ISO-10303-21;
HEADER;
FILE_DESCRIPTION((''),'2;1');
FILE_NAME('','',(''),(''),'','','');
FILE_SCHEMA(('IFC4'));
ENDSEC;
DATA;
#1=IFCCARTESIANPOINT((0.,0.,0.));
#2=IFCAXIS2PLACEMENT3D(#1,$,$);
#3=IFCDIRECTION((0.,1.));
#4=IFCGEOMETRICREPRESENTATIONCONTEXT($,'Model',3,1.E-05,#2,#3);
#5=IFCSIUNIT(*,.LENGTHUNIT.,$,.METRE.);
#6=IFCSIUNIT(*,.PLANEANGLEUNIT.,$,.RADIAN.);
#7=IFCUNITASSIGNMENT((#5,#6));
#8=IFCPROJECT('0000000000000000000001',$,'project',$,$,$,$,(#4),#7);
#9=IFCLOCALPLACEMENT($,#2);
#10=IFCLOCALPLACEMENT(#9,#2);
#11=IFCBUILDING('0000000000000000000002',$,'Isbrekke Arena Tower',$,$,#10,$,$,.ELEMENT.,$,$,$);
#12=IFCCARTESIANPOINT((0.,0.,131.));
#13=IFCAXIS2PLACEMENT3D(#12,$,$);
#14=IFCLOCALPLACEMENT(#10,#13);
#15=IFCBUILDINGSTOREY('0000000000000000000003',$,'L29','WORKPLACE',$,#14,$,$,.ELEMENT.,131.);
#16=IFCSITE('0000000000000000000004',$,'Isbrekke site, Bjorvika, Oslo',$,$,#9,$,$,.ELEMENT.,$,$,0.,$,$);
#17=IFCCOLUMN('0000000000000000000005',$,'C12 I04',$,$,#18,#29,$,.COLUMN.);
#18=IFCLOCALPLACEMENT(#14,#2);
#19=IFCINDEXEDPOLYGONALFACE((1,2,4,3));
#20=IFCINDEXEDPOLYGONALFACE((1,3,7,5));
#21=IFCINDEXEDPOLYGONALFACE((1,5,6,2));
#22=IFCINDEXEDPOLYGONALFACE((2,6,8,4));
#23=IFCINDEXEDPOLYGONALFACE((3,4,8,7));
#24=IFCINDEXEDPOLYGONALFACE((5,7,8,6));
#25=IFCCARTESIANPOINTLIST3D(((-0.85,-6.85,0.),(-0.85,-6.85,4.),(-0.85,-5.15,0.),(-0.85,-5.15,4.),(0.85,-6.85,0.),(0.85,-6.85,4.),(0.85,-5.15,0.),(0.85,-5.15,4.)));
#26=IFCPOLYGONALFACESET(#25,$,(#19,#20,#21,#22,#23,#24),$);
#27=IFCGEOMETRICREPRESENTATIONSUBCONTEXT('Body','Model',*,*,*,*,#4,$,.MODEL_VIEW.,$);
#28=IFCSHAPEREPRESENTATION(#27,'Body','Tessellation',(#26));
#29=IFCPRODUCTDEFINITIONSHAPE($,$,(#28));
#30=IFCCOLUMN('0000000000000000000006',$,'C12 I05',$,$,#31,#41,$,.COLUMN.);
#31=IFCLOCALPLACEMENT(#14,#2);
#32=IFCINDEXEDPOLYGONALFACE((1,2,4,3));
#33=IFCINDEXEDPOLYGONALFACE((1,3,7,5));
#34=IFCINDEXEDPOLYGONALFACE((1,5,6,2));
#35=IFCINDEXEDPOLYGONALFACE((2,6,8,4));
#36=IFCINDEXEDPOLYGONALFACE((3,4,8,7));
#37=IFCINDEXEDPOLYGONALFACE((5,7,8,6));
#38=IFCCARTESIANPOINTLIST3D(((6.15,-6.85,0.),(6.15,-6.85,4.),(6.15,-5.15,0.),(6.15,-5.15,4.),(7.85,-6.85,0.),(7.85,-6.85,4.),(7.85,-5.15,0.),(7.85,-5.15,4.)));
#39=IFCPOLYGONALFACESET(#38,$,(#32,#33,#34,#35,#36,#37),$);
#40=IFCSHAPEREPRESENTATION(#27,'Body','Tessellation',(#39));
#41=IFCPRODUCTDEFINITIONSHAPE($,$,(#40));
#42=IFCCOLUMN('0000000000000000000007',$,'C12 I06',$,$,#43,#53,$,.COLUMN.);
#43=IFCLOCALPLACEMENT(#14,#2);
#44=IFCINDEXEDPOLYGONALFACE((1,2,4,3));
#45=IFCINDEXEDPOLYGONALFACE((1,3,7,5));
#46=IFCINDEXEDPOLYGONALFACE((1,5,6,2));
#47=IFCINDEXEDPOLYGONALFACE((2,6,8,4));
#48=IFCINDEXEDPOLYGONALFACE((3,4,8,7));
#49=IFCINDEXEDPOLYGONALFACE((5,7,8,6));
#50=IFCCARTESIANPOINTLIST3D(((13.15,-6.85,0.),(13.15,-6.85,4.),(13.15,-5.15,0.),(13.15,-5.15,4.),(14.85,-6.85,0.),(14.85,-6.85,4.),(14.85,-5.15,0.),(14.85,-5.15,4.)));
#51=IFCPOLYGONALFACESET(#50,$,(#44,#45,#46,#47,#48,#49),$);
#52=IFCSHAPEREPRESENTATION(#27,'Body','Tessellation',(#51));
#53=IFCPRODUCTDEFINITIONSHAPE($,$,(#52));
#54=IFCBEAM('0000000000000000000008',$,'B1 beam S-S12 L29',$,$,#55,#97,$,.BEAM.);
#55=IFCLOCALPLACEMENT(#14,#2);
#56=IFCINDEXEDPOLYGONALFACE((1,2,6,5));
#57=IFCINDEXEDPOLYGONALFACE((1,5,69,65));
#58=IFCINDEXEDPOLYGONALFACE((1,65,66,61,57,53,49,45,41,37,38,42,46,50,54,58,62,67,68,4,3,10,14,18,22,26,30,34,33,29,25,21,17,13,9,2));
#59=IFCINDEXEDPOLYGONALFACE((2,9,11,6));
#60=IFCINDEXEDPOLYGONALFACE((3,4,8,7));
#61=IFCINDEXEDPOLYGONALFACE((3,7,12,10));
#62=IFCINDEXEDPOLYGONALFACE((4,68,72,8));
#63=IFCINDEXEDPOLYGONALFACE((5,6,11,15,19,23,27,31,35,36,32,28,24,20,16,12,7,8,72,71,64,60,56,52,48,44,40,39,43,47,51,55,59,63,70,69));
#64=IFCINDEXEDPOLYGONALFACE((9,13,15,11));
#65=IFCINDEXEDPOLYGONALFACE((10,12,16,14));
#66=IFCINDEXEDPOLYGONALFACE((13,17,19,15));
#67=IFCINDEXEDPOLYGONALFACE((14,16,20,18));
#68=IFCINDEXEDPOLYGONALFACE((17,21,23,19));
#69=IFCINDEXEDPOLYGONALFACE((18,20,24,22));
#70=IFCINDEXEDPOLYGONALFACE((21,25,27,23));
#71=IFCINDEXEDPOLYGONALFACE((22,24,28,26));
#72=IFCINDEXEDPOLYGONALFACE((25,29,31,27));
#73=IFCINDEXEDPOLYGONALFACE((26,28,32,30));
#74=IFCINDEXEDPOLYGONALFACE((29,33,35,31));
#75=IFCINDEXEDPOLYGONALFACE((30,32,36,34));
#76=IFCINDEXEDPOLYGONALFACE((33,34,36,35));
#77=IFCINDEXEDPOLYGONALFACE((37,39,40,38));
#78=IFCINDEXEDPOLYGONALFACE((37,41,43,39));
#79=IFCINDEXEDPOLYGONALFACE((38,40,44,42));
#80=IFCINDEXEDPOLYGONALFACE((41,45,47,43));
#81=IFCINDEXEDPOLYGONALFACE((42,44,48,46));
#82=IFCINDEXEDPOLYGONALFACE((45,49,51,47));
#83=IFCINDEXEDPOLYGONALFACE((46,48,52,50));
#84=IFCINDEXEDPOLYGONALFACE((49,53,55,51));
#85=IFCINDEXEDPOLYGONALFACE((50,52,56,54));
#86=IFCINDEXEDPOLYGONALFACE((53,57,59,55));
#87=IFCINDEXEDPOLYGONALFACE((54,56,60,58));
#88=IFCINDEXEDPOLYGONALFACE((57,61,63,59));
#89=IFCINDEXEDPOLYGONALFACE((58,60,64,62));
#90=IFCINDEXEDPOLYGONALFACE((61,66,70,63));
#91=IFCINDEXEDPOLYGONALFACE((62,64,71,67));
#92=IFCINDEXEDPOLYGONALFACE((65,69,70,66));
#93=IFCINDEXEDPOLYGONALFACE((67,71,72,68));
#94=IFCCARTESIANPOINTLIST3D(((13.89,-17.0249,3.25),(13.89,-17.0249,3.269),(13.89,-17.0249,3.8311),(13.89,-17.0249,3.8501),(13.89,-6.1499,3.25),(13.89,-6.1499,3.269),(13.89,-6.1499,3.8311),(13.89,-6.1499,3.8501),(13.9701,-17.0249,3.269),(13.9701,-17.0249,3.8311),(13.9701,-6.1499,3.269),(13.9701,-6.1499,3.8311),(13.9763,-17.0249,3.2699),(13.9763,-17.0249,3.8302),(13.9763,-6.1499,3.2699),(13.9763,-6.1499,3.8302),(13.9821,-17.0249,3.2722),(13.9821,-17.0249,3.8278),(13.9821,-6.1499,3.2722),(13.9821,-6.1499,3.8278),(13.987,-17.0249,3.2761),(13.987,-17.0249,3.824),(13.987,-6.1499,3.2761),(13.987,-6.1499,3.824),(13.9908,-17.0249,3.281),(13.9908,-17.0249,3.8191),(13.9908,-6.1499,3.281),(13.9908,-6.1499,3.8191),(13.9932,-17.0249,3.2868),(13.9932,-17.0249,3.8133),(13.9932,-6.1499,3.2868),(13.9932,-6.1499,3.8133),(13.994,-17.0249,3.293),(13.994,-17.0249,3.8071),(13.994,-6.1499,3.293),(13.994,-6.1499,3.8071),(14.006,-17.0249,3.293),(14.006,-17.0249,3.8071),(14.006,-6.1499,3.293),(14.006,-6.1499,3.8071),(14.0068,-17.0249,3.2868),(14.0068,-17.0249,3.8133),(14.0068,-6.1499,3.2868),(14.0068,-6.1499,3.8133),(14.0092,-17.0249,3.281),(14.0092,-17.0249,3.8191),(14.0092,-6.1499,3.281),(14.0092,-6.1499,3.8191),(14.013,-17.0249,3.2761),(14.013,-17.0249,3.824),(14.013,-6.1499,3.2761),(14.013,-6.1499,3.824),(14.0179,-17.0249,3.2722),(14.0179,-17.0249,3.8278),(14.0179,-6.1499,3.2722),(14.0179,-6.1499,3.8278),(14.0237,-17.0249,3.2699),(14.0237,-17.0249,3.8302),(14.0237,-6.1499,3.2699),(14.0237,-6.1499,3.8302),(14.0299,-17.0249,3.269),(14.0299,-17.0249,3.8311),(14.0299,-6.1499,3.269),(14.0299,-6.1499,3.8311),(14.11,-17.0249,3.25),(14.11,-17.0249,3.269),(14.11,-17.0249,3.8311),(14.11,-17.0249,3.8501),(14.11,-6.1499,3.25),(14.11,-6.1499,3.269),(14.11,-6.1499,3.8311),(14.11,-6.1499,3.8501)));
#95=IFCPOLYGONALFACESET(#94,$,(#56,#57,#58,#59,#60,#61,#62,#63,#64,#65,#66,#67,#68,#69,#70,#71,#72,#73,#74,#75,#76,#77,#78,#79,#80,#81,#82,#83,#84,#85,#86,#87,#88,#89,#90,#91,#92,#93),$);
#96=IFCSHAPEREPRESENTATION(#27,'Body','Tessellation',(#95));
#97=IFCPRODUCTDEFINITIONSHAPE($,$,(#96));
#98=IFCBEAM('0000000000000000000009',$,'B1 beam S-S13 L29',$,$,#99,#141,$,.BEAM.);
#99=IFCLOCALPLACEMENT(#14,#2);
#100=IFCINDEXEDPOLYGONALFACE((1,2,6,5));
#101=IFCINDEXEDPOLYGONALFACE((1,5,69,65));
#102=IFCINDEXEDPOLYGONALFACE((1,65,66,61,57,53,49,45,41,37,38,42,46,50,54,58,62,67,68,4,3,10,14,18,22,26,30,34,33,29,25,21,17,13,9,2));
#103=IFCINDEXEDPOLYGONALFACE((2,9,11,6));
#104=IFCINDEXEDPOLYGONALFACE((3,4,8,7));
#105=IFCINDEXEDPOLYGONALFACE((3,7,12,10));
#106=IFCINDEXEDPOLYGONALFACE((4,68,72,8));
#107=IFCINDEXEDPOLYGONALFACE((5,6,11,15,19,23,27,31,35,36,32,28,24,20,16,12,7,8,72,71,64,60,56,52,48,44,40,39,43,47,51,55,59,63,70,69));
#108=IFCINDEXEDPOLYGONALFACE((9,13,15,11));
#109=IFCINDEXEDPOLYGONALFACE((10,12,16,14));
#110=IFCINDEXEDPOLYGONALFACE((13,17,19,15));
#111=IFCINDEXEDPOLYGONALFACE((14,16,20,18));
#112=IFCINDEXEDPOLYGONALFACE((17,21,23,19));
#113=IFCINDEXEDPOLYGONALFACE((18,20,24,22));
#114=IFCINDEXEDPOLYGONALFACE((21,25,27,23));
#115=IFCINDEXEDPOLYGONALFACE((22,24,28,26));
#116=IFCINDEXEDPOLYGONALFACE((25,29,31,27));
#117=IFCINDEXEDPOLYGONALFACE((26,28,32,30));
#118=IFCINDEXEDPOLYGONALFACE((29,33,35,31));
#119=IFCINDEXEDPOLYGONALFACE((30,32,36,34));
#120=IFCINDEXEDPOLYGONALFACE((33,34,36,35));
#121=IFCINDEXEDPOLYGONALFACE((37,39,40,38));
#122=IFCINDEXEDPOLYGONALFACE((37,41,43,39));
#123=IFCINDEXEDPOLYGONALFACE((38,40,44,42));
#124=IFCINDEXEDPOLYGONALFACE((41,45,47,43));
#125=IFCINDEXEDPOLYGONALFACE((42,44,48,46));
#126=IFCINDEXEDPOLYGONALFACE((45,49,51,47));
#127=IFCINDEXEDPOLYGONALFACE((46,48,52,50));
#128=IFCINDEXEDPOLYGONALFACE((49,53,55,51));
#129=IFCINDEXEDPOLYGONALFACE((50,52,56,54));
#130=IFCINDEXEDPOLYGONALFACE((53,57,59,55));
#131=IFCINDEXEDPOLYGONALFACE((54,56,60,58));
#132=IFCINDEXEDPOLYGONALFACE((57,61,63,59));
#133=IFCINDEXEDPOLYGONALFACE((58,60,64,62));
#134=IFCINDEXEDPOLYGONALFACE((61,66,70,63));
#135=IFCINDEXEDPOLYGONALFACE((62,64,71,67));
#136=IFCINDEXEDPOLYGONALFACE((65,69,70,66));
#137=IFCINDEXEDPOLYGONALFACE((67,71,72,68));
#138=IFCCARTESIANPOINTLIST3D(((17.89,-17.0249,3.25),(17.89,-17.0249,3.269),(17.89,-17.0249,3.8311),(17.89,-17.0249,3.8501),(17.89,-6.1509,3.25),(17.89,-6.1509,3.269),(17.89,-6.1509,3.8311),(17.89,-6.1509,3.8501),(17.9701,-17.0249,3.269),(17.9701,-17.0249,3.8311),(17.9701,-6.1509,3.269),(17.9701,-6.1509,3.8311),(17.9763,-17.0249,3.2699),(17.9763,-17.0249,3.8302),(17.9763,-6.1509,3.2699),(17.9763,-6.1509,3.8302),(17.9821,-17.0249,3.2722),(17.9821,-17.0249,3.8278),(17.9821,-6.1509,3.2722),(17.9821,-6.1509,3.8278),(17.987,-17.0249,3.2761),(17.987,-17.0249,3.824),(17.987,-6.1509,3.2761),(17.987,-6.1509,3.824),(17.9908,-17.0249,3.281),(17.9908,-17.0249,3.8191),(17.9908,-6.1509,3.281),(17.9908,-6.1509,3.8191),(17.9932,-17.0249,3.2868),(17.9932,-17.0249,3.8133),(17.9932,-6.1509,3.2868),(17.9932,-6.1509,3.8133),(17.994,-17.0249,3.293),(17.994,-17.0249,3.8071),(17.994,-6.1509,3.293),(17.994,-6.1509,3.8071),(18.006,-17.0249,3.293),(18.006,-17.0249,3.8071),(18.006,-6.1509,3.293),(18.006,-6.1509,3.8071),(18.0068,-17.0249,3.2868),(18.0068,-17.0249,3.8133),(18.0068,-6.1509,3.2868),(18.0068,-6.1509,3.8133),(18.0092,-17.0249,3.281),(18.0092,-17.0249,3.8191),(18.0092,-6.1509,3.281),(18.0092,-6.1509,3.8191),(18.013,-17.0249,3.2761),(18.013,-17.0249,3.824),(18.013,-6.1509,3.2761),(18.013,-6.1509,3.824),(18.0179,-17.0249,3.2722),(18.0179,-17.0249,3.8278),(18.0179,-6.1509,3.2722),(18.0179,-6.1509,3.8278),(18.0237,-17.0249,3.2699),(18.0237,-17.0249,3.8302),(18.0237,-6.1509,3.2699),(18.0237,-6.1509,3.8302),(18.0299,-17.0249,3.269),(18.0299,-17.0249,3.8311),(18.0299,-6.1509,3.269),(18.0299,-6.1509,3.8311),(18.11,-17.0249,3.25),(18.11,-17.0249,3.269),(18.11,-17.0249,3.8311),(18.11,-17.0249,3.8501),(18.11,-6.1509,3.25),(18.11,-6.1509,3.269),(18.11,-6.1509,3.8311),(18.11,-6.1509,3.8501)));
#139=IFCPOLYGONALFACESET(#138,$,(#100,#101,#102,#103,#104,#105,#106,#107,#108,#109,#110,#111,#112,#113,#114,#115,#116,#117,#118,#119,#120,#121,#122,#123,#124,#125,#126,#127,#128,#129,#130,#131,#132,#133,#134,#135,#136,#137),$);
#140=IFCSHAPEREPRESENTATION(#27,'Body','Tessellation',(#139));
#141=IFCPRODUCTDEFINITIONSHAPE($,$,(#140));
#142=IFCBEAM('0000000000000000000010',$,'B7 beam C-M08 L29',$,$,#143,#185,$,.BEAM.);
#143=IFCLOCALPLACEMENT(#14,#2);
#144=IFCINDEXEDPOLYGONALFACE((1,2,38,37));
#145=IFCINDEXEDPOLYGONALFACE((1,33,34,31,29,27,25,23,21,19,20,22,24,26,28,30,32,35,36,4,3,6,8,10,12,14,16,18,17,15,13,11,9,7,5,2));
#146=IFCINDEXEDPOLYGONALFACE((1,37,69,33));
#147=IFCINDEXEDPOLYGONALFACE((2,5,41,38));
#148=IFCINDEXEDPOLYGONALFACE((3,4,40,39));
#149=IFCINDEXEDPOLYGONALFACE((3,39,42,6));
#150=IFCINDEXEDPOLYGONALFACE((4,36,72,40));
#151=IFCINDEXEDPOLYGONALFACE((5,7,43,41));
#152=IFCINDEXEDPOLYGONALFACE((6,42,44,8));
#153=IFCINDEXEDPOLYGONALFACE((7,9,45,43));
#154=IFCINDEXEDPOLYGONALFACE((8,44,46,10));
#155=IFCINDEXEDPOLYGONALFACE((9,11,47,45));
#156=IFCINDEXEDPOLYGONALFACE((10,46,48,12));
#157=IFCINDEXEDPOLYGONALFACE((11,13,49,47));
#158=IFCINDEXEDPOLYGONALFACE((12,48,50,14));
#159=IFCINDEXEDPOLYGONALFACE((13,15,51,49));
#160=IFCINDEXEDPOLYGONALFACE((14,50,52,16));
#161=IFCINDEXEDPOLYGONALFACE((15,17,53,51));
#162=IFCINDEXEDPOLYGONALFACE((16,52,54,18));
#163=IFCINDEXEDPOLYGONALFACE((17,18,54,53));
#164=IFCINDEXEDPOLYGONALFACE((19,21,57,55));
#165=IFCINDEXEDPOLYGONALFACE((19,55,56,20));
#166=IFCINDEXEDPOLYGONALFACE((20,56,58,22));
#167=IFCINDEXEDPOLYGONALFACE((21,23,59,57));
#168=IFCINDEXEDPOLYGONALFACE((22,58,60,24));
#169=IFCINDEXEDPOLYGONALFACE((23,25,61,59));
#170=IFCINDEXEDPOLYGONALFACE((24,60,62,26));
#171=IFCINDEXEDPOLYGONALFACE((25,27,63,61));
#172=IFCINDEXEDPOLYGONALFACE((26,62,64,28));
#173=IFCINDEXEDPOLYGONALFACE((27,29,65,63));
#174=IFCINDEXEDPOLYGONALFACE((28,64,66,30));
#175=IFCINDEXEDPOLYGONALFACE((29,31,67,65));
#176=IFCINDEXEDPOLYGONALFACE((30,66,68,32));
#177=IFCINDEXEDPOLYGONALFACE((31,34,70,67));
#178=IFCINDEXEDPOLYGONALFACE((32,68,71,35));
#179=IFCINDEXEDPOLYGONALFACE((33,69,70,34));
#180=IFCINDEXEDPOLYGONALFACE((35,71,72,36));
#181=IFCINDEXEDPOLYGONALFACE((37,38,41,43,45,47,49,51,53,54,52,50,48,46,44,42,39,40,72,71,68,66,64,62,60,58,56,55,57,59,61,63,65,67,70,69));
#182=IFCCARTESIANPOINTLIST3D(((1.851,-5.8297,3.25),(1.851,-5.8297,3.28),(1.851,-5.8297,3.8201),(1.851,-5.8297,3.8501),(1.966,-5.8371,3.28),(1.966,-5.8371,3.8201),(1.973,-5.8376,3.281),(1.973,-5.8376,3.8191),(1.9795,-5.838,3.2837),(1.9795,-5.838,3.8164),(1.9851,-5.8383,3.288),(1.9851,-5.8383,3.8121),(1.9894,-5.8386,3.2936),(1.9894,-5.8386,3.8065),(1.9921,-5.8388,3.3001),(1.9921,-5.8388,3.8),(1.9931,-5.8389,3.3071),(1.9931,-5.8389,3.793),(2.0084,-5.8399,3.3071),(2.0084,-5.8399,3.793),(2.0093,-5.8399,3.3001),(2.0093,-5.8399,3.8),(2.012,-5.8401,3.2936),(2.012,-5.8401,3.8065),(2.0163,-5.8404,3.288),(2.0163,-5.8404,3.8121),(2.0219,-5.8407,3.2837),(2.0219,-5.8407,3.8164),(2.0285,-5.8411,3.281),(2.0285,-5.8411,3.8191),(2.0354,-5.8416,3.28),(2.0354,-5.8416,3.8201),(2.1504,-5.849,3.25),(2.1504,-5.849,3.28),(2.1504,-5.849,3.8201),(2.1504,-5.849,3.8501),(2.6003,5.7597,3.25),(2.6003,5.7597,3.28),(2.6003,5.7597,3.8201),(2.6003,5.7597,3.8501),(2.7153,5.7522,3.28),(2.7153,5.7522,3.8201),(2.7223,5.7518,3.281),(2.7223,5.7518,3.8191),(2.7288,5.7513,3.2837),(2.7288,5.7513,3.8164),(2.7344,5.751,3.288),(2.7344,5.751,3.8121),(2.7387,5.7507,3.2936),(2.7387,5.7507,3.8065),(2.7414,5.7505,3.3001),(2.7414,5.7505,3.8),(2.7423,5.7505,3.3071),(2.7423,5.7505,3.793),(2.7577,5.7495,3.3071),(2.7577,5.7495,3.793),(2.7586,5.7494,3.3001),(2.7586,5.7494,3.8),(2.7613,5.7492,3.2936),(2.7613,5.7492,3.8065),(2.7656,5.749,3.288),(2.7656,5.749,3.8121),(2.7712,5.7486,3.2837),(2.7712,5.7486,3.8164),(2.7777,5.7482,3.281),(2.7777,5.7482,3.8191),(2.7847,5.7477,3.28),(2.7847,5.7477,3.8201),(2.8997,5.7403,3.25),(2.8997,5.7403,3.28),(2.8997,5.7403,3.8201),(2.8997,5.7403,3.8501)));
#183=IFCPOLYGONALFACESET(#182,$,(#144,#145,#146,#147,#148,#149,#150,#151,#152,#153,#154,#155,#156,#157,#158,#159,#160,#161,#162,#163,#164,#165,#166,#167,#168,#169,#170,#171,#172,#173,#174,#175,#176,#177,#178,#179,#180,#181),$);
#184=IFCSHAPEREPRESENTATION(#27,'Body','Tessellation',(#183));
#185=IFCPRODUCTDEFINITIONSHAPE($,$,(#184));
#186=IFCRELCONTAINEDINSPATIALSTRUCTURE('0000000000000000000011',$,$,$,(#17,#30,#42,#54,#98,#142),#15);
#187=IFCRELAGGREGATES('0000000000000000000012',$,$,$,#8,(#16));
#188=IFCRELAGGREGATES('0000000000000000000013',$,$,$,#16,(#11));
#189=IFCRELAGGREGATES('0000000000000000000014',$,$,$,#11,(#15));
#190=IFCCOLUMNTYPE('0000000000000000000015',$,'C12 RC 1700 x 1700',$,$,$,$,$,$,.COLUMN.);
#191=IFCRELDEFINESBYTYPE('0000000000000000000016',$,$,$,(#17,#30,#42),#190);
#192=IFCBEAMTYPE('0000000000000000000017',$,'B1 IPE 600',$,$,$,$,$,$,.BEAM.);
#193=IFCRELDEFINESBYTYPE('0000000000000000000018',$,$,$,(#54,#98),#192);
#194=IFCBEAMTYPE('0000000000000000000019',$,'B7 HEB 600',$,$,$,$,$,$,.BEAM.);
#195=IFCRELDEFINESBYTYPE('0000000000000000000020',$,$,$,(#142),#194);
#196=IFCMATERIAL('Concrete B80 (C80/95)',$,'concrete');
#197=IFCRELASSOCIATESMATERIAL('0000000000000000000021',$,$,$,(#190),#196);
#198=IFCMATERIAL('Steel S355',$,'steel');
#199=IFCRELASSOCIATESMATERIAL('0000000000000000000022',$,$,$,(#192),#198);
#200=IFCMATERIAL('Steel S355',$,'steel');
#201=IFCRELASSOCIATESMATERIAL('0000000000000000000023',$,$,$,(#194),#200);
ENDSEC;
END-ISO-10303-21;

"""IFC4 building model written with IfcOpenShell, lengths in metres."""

from ifc_helpers import new_model, si_unit, direction, frame, origin, origin_2d, place, context, subcontext, project, spatial, rectangle, i_section, extrude, material, material_profile, profile_set, type_object, element, save


model = new_model("IFC4")

# Units and contexts
model_context = context("Model", 3, precision=1e-05, world=origin(), true_north=direction((0.0, 1.0)))
body_context = subcontext(model_context, "Body", "Model", "MODEL_VIEW")
ifc_project = project(units=[si_unit("LENGTHUNIT", "METRE"), si_unit("PLANEANGLEUNIT", "RADIAN")], contexts=[model_context])

# Site, building, storey
site_placement = place(None, origin())
site = spatial("IfcSite", under=ifc_project, at=site_placement, Name="Isbrekke site, Bjorvika, Oslo", CompositionType="ELEMENT", RefElevation=0.0)
building_placement = place(site_placement, origin())
building = spatial("IfcBuilding", under=site, at=building_placement, Name="Isbrekke Arena Tower", CompositionType="ELEMENT")
storey_placement = place(building_placement, frame((0.0, 0.0, 131.0)))
storey = spatial("IfcBuildingStorey", under=building, at=storey_placement, Name="L29", Description="WORKPLACE", CompositionType="ELEMENT", Elevation=131.0)

# Columns
ifc_material_1 = material(Name="Concrete B80 (C80/95)", Category="concrete")
ifc_material_profile_1 = material_profile(ifc_material_1, rectangle(XDim=1.7, YDim=1.7, at=origin_2d()), Name="RC 1700x1700")
ifc_profile_set_1 = profile_set([ifc_material_profile_1], Name="Concrete B80 (C80/95)")
column_type = type_object("IfcColumnType", Name="C12 RC 1700 x 1700", PredefinedType="COLUMN", material=ifc_profile_set_1)
for number, where, z_axis, x_axis, name in (
    (1, (0.0, -6.0, 0.0), (0.0, 0.0, 1.0), (1.0, 0.0, 0.0), "C12 I04"),
    (2, (7.0, -6.0, 0.0), (0.0, 0.0, 1.0), (1.0, 0.0, 0.0), "C12 I05"),
    (3, (14.0, -6.0, 0.0), (0.0, 0.0, 1.0), (1.0, 0.0, 0.0), "C12 I06"),
):
    element("IfcColumn", number, at=place(storey_placement, frame(where, z_axis=z_axis, x_axis=x_axis)), inside=storey, type_object=column_type, Name=name, PredefinedType="COLUMN", context=body_context, shape_type="SweptSolid", body=[
        extrude(rectangle(XDim=1.7, YDim=1.7, at=origin_2d()), origin(), (0.0, 0.0, 1.0), 4.0),
    ])

# Beams
ifc_material_2 = material(Name="Steel S355", Category="steel")
ifc_material_profile_2 = material_profile(ifc_material_2, i_section(OverallWidth=0.22, OverallDepth=0.6001, WebThickness=0.012, FlangeThickness=0.019, FilletRadius=0.0239, at=origin_2d()), Name="IPE 600")
ifc_profile_set_2 = profile_set([ifc_material_profile_2], Name="Steel S355")
beam_type_1 = type_object("IfcBeamType", Name="B1 IPE 600", PredefinedType="BEAM", material=ifc_profile_set_2)
beam_1_placement = place(storey_placement, frame((14.0, -17.0249, 3.55), z_axis=(0.0, 1.0, 0.0), x_axis=(-1.0, 0.0, 0.0)))
element("IfcBeam", 4, at=beam_1_placement, inside=storey, type_object=beam_type_1, Name="B1 beam S-S12 L29", PredefinedType="BEAM", context=body_context, shape_type="SweptSolid", body=[
    extrude(i_section(OverallWidth=0.22, OverallDepth=0.6001, WebThickness=0.012, FlangeThickness=0.019, FilletRadius=0.0239, at=origin_2d()), origin(), (0.0, 0.0, 1.0), 10.875),
])
beam_2_placement = place(storey_placement, frame((18.0, -17.0249, 3.55), z_axis=(0.0, 1.0, 0.0), x_axis=(-1.0, 0.0, 0.0)))
element("IfcBeam", 5, at=beam_2_placement, inside=storey, type_object=beam_type_1, Name="B1 beam S-S13 L29", PredefinedType="BEAM", context=body_context, shape_type="SweptSolid", body=[
    extrude(i_section(OverallWidth=0.22, OverallDepth=0.6001, WebThickness=0.012, FlangeThickness=0.019, FilletRadius=0.0239, at=origin_2d()), origin(), (0.0, 0.0, 1.0), 10.874),
])
ifc_material_3 = material(Name="Steel S355", Category="steel")
ifc_material_profile_3 = material_profile(ifc_material_3, i_section(OverallWidth=0.3, OverallDepth=0.6001, WebThickness=0.0154, FlangeThickness=0.03, FilletRadius=0.0271, at=origin_2d()), Name="HEB 600")
ifc_profile_set_3 = profile_set([ifc_material_profile_3], Name="Steel S355")
beam_type_2 = type_object("IfcBeamType", Name="B7 HEB 600", PredefinedType="BEAM", material=ifc_profile_set_3)
beam_3_placement = place(storey_placement, frame((2.0007, -5.8394, 3.55), z_axis=(0.064517, 0.997917, 0.0), x_axis=(-0.997917, 0.064517, 0.0)))
element("IfcBeam", 6, at=beam_3_placement, inside=storey, type_object=beam_type_2, Name="B7 beam C-M08 L29", PredefinedType="BEAM", context=body_context, shape_type="SweptSolid", body=[
    extrude(i_section(OverallWidth=0.3, OverallDepth=0.6001, WebThickness=0.0154, FlangeThickness=0.03, FilletRadius=0.0271, at=origin_2d()), origin(), (0.0, 0.0, 1.0), 11.6135),
])

save(model, "model.ifc")
